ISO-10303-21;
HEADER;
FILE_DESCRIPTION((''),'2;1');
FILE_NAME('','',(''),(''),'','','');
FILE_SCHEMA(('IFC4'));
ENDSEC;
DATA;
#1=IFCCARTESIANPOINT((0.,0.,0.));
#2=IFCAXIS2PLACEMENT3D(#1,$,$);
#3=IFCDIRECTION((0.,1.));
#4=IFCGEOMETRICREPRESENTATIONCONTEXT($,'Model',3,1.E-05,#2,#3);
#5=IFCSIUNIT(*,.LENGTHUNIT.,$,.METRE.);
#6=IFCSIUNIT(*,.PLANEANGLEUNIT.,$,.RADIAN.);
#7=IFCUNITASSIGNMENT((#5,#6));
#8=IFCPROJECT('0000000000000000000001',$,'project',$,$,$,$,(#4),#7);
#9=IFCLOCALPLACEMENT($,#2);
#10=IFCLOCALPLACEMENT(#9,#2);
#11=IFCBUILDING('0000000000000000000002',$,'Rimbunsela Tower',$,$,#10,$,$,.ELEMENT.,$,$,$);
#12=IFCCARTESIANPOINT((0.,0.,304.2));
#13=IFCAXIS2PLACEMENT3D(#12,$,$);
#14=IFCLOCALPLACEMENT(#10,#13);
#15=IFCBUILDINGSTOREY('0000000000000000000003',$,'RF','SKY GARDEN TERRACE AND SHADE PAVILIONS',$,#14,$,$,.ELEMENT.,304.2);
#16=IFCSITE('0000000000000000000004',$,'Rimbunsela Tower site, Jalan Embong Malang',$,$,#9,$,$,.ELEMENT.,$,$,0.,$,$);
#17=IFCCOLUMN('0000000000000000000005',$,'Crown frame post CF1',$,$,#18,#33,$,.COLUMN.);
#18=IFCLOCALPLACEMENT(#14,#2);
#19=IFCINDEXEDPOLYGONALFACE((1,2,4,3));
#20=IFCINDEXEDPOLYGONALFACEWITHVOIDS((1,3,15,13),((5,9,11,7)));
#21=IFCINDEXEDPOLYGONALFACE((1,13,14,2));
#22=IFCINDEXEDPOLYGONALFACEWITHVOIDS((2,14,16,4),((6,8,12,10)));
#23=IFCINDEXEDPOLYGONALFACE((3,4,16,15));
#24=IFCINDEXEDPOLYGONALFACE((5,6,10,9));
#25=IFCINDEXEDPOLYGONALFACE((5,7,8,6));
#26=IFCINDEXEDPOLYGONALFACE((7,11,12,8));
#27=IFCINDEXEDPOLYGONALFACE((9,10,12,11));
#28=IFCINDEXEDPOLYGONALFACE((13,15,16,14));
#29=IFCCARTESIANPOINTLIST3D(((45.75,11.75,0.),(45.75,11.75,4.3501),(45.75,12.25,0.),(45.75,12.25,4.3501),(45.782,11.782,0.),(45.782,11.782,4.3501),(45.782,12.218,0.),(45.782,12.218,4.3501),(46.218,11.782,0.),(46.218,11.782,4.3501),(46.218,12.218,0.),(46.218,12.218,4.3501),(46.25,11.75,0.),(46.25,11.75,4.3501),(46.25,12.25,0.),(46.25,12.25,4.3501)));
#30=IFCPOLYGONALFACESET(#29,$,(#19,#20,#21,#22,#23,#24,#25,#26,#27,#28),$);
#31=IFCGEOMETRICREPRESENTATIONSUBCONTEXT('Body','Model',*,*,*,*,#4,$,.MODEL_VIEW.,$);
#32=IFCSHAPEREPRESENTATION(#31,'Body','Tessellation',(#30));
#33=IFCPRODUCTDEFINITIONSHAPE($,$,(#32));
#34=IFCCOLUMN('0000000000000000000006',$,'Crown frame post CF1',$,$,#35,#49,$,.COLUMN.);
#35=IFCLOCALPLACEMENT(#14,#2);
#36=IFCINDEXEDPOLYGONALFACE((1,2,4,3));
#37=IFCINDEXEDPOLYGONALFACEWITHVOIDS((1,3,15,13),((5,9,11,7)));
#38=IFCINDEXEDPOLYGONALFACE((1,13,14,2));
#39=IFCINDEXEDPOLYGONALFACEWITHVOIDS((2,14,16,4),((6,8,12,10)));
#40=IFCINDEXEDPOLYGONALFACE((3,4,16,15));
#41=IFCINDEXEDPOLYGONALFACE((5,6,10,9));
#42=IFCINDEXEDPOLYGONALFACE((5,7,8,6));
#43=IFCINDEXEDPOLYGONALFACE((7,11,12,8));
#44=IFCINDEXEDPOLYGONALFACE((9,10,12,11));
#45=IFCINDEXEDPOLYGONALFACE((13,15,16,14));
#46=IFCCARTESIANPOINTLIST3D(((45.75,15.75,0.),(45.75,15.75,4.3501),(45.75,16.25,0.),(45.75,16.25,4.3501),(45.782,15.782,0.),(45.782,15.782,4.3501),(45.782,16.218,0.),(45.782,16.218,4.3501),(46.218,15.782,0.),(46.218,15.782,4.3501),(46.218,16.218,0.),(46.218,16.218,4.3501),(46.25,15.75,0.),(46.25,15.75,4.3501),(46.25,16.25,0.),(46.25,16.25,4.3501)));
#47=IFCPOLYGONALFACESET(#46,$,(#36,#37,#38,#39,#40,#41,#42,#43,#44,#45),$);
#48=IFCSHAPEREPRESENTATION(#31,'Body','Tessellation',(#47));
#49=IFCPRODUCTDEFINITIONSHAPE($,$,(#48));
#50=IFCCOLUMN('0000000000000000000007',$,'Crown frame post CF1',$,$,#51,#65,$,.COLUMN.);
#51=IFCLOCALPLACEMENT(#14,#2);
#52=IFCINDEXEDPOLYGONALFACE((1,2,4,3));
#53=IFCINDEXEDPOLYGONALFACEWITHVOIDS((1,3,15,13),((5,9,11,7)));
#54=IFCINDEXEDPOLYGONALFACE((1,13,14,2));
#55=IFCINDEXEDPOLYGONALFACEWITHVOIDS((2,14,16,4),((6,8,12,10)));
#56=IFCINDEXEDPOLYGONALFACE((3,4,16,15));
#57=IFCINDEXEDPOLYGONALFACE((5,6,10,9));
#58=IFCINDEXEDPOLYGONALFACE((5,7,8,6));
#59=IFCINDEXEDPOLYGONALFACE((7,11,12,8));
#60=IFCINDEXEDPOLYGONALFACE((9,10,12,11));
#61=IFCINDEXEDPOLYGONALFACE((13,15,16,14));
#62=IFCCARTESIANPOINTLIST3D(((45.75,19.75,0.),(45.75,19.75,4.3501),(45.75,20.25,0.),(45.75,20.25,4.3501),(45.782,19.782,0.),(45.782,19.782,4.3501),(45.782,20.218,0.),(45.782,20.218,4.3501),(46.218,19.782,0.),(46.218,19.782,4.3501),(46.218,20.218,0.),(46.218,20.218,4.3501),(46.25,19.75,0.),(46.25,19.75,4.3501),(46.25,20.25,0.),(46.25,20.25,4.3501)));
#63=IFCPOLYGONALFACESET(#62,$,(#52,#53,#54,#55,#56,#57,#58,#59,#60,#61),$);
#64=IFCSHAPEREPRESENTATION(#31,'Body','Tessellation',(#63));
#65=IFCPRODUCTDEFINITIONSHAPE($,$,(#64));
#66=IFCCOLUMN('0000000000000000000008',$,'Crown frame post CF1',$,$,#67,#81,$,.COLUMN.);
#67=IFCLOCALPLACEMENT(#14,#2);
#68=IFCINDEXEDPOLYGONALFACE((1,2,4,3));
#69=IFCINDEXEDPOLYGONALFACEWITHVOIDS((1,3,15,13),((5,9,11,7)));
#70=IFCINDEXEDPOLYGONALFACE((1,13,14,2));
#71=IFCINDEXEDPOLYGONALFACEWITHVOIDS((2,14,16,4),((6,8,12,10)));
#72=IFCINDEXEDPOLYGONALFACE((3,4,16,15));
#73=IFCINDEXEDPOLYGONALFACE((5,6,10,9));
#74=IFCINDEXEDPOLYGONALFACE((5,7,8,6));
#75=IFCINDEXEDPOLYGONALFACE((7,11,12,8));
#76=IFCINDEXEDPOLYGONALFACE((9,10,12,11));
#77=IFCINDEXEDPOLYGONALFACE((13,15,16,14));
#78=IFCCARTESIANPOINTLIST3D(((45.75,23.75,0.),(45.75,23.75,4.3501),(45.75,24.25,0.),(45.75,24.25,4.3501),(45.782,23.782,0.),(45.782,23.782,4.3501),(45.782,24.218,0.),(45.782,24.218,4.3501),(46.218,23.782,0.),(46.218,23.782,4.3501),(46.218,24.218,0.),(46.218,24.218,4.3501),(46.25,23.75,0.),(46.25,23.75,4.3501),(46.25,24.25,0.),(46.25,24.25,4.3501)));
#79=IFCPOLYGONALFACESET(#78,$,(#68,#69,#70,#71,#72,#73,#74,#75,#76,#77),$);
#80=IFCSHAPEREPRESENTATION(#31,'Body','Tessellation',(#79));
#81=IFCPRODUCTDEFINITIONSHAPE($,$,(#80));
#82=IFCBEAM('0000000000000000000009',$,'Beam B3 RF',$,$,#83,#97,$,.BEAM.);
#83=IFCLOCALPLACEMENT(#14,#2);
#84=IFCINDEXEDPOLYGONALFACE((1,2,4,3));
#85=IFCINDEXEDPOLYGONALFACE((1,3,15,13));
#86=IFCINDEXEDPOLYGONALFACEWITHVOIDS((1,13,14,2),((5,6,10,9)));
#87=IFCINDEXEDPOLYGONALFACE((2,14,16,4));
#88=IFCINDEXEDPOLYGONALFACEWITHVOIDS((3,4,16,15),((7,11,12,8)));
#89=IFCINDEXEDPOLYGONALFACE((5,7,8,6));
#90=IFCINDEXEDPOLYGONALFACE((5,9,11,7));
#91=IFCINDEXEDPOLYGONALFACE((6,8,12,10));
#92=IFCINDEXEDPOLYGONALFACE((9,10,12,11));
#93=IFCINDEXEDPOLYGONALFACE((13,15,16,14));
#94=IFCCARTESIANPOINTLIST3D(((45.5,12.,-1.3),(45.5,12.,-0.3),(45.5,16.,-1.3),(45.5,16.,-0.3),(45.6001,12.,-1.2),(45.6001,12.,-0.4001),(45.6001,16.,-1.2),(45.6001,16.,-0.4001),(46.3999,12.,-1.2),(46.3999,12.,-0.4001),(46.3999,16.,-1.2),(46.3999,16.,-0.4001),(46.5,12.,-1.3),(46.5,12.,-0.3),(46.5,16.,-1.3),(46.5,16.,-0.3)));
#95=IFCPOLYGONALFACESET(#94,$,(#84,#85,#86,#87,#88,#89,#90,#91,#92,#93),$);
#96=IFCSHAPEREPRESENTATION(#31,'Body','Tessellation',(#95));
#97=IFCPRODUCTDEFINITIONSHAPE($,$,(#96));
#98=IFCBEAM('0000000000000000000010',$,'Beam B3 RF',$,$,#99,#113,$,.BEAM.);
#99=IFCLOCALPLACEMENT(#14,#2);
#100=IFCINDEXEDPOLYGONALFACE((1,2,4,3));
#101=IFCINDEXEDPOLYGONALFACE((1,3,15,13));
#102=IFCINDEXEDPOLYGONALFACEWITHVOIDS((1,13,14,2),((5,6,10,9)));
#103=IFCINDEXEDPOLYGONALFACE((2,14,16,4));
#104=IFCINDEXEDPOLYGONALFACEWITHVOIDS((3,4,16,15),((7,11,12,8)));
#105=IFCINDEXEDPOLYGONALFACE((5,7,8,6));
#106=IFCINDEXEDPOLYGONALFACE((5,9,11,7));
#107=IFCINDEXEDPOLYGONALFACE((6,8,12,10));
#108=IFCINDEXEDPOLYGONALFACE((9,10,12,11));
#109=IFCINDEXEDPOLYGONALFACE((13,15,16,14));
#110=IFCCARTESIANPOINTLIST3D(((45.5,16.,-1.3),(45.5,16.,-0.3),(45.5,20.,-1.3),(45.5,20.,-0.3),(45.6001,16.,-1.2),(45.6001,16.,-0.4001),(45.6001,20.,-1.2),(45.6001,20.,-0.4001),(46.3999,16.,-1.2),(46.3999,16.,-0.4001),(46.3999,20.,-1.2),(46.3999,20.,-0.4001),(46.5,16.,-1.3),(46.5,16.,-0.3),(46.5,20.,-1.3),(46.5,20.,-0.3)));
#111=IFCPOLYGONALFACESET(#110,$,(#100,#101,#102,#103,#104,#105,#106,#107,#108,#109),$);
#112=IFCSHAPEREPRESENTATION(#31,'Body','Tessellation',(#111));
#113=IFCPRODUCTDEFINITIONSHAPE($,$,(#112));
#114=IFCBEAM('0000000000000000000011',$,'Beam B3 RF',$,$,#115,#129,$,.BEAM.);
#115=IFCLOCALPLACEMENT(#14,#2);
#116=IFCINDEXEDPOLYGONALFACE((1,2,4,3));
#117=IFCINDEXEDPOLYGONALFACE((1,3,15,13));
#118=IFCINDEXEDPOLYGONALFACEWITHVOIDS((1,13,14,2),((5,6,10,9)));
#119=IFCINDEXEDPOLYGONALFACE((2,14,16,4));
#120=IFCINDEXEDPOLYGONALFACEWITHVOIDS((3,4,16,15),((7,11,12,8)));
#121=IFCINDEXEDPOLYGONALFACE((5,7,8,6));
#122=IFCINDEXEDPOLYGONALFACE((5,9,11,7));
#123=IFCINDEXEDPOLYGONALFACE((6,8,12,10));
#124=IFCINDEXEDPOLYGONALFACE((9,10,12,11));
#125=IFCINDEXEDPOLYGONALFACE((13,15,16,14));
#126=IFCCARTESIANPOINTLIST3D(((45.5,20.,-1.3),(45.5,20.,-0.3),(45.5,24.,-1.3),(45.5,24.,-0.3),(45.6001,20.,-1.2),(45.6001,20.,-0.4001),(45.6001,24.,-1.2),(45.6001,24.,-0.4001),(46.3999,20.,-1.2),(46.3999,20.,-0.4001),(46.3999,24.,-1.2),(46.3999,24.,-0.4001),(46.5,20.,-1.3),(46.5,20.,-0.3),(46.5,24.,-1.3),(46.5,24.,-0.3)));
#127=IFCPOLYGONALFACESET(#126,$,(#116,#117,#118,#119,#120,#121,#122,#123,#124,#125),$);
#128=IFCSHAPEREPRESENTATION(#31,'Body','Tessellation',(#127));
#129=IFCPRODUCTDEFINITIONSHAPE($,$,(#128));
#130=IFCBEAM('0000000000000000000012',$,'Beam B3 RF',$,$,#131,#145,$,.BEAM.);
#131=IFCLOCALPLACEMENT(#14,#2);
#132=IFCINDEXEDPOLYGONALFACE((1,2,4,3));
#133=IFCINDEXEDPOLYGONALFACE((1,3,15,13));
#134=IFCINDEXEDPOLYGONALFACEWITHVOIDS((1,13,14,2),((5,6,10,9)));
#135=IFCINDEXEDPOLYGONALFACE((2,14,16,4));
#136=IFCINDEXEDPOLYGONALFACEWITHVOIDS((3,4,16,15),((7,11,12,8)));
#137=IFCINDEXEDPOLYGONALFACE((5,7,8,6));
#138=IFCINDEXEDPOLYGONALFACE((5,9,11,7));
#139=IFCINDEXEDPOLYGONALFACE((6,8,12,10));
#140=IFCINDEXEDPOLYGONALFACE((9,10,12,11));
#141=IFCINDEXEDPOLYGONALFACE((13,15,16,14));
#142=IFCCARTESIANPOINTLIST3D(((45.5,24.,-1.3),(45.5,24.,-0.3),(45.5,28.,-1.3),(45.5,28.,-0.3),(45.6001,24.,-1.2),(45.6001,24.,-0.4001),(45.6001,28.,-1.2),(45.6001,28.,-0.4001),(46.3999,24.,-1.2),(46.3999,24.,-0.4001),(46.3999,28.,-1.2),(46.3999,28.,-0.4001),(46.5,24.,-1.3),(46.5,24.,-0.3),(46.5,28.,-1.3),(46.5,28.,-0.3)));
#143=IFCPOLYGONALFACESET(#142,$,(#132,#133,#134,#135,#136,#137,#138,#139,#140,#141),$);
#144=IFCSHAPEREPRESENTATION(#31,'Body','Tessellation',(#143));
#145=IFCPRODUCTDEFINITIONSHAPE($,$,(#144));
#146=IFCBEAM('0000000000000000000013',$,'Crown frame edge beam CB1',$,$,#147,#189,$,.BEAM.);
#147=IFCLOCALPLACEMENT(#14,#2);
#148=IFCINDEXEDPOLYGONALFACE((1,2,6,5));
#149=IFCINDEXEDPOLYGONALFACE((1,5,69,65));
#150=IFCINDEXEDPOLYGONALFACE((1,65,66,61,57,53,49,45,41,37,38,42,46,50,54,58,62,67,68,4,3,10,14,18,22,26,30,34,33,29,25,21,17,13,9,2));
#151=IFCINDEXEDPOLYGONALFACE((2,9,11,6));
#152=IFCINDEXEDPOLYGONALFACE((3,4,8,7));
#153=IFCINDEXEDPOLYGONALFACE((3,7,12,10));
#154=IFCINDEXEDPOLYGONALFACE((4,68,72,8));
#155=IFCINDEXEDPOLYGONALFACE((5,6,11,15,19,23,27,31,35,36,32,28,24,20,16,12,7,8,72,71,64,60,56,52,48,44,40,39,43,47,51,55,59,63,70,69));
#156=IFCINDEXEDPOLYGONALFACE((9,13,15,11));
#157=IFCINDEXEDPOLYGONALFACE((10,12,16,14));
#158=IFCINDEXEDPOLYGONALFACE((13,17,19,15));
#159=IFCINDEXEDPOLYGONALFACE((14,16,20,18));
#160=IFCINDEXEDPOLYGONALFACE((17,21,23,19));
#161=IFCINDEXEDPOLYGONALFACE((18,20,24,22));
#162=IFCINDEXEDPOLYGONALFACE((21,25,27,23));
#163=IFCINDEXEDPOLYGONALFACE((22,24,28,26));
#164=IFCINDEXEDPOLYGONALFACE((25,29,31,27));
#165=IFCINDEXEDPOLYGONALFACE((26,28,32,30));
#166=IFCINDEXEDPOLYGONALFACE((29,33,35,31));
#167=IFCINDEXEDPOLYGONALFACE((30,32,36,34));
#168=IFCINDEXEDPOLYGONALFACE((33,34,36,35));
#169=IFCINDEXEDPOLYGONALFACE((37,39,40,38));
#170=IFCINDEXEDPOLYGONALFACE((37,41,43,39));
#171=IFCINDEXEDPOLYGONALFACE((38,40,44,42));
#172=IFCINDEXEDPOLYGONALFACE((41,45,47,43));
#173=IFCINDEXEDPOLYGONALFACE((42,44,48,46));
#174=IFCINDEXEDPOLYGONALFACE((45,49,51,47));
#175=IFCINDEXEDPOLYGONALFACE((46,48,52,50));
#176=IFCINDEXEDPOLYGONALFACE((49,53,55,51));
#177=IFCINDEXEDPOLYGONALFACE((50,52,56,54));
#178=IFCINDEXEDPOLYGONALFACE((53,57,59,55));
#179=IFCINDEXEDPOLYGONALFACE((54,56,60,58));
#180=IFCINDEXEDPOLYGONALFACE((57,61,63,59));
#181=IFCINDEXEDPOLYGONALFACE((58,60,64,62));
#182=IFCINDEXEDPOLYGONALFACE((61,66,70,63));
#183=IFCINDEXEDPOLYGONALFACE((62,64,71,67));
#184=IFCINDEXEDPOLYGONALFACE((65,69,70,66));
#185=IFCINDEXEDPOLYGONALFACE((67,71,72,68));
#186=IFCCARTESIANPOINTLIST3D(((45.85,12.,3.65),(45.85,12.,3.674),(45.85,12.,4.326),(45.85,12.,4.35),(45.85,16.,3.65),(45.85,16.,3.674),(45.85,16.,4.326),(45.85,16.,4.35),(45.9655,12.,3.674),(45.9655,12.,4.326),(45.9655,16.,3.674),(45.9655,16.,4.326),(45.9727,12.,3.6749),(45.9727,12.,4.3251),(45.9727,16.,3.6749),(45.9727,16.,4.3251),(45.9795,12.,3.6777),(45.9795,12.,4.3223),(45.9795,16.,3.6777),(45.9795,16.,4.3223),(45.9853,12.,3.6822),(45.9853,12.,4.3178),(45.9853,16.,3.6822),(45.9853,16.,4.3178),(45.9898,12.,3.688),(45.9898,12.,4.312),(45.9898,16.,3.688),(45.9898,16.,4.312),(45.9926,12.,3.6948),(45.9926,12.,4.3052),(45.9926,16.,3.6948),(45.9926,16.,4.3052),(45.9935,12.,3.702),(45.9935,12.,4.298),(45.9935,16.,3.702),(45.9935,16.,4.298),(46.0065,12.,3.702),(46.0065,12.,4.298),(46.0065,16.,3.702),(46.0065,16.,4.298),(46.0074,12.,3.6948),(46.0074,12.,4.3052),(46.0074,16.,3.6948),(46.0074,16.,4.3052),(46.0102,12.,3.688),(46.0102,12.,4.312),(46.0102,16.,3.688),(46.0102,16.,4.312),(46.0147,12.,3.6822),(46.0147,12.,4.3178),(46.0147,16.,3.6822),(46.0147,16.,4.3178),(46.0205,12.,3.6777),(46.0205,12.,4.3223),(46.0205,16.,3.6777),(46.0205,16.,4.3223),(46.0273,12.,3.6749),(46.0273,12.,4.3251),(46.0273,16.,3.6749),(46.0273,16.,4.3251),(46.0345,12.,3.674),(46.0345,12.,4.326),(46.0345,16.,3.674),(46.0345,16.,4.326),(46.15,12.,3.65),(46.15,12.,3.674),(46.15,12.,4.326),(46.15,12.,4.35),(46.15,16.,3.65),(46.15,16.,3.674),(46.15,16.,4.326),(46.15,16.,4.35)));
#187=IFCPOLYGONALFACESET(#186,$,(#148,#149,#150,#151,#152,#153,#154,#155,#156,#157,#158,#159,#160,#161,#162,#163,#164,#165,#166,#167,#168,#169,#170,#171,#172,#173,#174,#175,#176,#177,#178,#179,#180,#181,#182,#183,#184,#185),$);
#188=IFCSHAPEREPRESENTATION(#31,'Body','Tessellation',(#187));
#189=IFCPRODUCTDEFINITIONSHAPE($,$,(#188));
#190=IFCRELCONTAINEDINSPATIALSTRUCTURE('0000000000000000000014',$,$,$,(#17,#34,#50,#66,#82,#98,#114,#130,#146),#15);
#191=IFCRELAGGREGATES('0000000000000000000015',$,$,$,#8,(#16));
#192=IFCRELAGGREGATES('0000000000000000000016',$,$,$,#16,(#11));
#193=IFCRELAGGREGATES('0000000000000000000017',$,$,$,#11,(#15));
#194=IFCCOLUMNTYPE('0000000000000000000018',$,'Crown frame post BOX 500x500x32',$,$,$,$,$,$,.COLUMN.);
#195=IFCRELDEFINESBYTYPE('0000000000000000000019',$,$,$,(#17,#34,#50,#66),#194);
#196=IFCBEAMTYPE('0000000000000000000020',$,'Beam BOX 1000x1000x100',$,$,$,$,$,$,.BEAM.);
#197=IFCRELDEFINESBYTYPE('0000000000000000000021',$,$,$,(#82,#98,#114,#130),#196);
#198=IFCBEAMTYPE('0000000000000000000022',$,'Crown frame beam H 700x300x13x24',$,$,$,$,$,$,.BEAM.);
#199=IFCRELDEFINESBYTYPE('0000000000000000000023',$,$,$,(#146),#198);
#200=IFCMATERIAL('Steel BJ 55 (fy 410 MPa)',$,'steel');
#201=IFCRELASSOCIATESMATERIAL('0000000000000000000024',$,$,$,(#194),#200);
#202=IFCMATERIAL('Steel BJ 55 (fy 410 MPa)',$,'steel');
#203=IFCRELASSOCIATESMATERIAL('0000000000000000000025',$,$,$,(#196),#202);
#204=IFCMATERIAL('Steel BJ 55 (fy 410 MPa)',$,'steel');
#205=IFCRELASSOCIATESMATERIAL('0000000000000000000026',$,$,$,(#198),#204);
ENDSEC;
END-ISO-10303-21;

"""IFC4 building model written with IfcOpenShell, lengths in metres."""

from ifc_helpers import new_model, si_unit, direction, frame, origin, origin_2d, place, context, subcontext, project, spatial, hollow_rectangle, i_section, extrude, material, material_profile, profile_set, type_object, element, save


model = new_model("IFC4")

# Units and contexts
model_context = context("Model", 3, precision=1e-05, world=origin(), true_north=direction((0.0, 1.0)))
body_context = subcontext(model_context, "Body", "Model", "MODEL_VIEW")
ifc_project = project(units=[si_unit("LENGTHUNIT", "METRE"), si_unit("PLANEANGLEUNIT", "RADIAN")], contexts=[model_context])

# Site, building, storey
site_placement = place(None, origin())
site = spatial("IfcSite", under=ifc_project, at=site_placement, Name="Rimbunsela Tower site, Jalan Embong Malang", CompositionType="ELEMENT", RefElevation=0.0)
building_placement = place(site_placement, origin())
building = spatial("IfcBuilding", under=site, at=building_placement, Name="Rimbunsela Tower", CompositionType="ELEMENT")
storey_placement = place(building_placement, frame((0.0, 0.0, 304.2)))
storey = spatial("IfcBuildingStorey", under=building, at=storey_placement, Name="RF", Description="SKY GARDEN TERRACE AND SHADE PAVILIONS", CompositionType="ELEMENT", Elevation=304.2)

# Columns
ifc_material_1 = material(Name="Steel BJ 55 (fy 410 MPa)", Category="steel")
ifc_material_profile_1 = material_profile(ifc_material_1, hollow_rectangle(XDim=0.5, YDim=0.5, WallThickness=0.032, at=origin_2d()), Name="BOX 500x500x32")
ifc_profile_set_1 = profile_set([ifc_material_profile_1], Name="Steel BJ 55 (fy 410 MPa)")
column_type = type_object("IfcColumnType", Name="Crown frame post BOX 500x500x32", PredefinedType="COLUMN", material=ifc_profile_set_1)
for number, where, z_axis, x_axis, name in (
    (1, (46.0, 12.0, 0.0), (0.0, 0.0, 1.0), (1.0, 0.0, 0.0), "Crown frame post CF1"),
    (2, (46.0, 16.0, 0.0), (0.0, 0.0, 1.0), (1.0, 0.0, 0.0), "Crown frame post CF1"),
    (3, (46.0, 20.0, 0.0), (0.0, 0.0, 1.0), (1.0, 0.0, 0.0), "Crown frame post CF1"),
    (4, (46.0, 24.0, 0.0), (0.0, 0.0, 1.0), (1.0, 0.0, 0.0), "Crown frame post CF1"),
):
    element("IfcColumn", number, at=place(storey_placement, frame(where, z_axis=z_axis, x_axis=x_axis)), inside=storey, type_object=column_type, Name=name, PredefinedType="COLUMN", context=body_context, shape_type="SweptSolid", body=[
        extrude(hollow_rectangle(XDim=0.5, YDim=0.5, WallThickness=0.032, at=origin_2d()), origin(), (0.0, 0.0, 1.0), 4.3501),
    ])

# Beams
ifc_material_2 = material(Name="Steel BJ 55 (fy 410 MPa)", Category="steel")
ifc_material_profile_2 = material_profile(ifc_material_2, hollow_rectangle(XDim=1.0, YDim=1.0, WallThickness=0.1001, at=origin_2d()), Name="BOX 1000x1000x100")
ifc_profile_set_2 = profile_set([ifc_material_profile_2], Name="Steel BJ 55 (fy 410 MPa)")
beam_type_1 = type_object("IfcBeamType", Name="Beam BOX 1000x1000x100", PredefinedType="BEAM", material=ifc_profile_set_2)
for number, where, z_axis, x_axis, name in (
    (5, (46.0, 12.0, -0.8), (0.0, 1.0, 0.0), (-1.0, 0.0, 0.0), "Beam B3 RF"),
    (6, (46.0, 16.0, -0.8), (0.0, 1.0, 0.0), (-1.0, 0.0, 0.0), "Beam B3 RF"),
    (7, (46.0, 20.0, -0.8), (0.0, 1.0, 0.0), (-1.0, 0.0, 0.0), "Beam B3 RF"),
    (8, (46.0, 24.0, -0.8), (0.0, 1.0, 0.0), (-1.0, 0.0, 0.0), "Beam B3 RF"),
):
    element("IfcBeam", number, at=place(storey_placement, frame(where, z_axis=z_axis, x_axis=x_axis)), inside=storey, type_object=beam_type_1, Name=name, PredefinedType="BEAM", context=body_context, shape_type="SweptSolid", body=[
        extrude(hollow_rectangle(XDim=1.0, YDim=1.0, WallThickness=0.1001, at=origin_2d()), origin(), (0.0, 0.0, 1.0), 4.0),
    ])
ifc_material_3 = material(Name="Steel BJ 55 (fy 410 MPa)", Category="steel")
ifc_material_profile_3 = material_profile(ifc_material_3, i_section(OverallWidth=0.3, OverallDepth=0.7, WebThickness=0.0129, FlangeThickness=0.0239, FilletRadius=0.0281, at=origin_2d()), Name="H 700x300x13x24")
ifc_profile_set_3 = profile_set([ifc_material_profile_3], Name="Steel BJ 55 (fy 410 MPa)")
beam_type_2 = type_object("IfcBeamType", Name="Crown frame beam H 700x300x13x24", PredefinedType="BEAM", material=ifc_profile_set_3)
for number, where, z_axis, x_axis, name in (
    (9, (46.0, 12.0, 4.0), (0.0, 1.0, 0.0), (-1.0, 0.0, 0.0), "Crown frame edge beam CB1"),
):
    element("IfcBeam", number, at=place(storey_placement, frame(where, z_axis=z_axis, x_axis=x_axis)), inside=storey, type_object=beam_type_2, Name=name, PredefinedType="BEAM", context=body_context, shape_type="SweptSolid", body=[
        extrude(i_section(OverallWidth=0.3, OverallDepth=0.7, WebThickness=0.0129, FlangeThickness=0.0239, FilletRadius=0.0281, at=origin_2d()), origin(), (0.0, 0.0, 1.0), 4.0),
    ])

save(model, "model.ifc")
